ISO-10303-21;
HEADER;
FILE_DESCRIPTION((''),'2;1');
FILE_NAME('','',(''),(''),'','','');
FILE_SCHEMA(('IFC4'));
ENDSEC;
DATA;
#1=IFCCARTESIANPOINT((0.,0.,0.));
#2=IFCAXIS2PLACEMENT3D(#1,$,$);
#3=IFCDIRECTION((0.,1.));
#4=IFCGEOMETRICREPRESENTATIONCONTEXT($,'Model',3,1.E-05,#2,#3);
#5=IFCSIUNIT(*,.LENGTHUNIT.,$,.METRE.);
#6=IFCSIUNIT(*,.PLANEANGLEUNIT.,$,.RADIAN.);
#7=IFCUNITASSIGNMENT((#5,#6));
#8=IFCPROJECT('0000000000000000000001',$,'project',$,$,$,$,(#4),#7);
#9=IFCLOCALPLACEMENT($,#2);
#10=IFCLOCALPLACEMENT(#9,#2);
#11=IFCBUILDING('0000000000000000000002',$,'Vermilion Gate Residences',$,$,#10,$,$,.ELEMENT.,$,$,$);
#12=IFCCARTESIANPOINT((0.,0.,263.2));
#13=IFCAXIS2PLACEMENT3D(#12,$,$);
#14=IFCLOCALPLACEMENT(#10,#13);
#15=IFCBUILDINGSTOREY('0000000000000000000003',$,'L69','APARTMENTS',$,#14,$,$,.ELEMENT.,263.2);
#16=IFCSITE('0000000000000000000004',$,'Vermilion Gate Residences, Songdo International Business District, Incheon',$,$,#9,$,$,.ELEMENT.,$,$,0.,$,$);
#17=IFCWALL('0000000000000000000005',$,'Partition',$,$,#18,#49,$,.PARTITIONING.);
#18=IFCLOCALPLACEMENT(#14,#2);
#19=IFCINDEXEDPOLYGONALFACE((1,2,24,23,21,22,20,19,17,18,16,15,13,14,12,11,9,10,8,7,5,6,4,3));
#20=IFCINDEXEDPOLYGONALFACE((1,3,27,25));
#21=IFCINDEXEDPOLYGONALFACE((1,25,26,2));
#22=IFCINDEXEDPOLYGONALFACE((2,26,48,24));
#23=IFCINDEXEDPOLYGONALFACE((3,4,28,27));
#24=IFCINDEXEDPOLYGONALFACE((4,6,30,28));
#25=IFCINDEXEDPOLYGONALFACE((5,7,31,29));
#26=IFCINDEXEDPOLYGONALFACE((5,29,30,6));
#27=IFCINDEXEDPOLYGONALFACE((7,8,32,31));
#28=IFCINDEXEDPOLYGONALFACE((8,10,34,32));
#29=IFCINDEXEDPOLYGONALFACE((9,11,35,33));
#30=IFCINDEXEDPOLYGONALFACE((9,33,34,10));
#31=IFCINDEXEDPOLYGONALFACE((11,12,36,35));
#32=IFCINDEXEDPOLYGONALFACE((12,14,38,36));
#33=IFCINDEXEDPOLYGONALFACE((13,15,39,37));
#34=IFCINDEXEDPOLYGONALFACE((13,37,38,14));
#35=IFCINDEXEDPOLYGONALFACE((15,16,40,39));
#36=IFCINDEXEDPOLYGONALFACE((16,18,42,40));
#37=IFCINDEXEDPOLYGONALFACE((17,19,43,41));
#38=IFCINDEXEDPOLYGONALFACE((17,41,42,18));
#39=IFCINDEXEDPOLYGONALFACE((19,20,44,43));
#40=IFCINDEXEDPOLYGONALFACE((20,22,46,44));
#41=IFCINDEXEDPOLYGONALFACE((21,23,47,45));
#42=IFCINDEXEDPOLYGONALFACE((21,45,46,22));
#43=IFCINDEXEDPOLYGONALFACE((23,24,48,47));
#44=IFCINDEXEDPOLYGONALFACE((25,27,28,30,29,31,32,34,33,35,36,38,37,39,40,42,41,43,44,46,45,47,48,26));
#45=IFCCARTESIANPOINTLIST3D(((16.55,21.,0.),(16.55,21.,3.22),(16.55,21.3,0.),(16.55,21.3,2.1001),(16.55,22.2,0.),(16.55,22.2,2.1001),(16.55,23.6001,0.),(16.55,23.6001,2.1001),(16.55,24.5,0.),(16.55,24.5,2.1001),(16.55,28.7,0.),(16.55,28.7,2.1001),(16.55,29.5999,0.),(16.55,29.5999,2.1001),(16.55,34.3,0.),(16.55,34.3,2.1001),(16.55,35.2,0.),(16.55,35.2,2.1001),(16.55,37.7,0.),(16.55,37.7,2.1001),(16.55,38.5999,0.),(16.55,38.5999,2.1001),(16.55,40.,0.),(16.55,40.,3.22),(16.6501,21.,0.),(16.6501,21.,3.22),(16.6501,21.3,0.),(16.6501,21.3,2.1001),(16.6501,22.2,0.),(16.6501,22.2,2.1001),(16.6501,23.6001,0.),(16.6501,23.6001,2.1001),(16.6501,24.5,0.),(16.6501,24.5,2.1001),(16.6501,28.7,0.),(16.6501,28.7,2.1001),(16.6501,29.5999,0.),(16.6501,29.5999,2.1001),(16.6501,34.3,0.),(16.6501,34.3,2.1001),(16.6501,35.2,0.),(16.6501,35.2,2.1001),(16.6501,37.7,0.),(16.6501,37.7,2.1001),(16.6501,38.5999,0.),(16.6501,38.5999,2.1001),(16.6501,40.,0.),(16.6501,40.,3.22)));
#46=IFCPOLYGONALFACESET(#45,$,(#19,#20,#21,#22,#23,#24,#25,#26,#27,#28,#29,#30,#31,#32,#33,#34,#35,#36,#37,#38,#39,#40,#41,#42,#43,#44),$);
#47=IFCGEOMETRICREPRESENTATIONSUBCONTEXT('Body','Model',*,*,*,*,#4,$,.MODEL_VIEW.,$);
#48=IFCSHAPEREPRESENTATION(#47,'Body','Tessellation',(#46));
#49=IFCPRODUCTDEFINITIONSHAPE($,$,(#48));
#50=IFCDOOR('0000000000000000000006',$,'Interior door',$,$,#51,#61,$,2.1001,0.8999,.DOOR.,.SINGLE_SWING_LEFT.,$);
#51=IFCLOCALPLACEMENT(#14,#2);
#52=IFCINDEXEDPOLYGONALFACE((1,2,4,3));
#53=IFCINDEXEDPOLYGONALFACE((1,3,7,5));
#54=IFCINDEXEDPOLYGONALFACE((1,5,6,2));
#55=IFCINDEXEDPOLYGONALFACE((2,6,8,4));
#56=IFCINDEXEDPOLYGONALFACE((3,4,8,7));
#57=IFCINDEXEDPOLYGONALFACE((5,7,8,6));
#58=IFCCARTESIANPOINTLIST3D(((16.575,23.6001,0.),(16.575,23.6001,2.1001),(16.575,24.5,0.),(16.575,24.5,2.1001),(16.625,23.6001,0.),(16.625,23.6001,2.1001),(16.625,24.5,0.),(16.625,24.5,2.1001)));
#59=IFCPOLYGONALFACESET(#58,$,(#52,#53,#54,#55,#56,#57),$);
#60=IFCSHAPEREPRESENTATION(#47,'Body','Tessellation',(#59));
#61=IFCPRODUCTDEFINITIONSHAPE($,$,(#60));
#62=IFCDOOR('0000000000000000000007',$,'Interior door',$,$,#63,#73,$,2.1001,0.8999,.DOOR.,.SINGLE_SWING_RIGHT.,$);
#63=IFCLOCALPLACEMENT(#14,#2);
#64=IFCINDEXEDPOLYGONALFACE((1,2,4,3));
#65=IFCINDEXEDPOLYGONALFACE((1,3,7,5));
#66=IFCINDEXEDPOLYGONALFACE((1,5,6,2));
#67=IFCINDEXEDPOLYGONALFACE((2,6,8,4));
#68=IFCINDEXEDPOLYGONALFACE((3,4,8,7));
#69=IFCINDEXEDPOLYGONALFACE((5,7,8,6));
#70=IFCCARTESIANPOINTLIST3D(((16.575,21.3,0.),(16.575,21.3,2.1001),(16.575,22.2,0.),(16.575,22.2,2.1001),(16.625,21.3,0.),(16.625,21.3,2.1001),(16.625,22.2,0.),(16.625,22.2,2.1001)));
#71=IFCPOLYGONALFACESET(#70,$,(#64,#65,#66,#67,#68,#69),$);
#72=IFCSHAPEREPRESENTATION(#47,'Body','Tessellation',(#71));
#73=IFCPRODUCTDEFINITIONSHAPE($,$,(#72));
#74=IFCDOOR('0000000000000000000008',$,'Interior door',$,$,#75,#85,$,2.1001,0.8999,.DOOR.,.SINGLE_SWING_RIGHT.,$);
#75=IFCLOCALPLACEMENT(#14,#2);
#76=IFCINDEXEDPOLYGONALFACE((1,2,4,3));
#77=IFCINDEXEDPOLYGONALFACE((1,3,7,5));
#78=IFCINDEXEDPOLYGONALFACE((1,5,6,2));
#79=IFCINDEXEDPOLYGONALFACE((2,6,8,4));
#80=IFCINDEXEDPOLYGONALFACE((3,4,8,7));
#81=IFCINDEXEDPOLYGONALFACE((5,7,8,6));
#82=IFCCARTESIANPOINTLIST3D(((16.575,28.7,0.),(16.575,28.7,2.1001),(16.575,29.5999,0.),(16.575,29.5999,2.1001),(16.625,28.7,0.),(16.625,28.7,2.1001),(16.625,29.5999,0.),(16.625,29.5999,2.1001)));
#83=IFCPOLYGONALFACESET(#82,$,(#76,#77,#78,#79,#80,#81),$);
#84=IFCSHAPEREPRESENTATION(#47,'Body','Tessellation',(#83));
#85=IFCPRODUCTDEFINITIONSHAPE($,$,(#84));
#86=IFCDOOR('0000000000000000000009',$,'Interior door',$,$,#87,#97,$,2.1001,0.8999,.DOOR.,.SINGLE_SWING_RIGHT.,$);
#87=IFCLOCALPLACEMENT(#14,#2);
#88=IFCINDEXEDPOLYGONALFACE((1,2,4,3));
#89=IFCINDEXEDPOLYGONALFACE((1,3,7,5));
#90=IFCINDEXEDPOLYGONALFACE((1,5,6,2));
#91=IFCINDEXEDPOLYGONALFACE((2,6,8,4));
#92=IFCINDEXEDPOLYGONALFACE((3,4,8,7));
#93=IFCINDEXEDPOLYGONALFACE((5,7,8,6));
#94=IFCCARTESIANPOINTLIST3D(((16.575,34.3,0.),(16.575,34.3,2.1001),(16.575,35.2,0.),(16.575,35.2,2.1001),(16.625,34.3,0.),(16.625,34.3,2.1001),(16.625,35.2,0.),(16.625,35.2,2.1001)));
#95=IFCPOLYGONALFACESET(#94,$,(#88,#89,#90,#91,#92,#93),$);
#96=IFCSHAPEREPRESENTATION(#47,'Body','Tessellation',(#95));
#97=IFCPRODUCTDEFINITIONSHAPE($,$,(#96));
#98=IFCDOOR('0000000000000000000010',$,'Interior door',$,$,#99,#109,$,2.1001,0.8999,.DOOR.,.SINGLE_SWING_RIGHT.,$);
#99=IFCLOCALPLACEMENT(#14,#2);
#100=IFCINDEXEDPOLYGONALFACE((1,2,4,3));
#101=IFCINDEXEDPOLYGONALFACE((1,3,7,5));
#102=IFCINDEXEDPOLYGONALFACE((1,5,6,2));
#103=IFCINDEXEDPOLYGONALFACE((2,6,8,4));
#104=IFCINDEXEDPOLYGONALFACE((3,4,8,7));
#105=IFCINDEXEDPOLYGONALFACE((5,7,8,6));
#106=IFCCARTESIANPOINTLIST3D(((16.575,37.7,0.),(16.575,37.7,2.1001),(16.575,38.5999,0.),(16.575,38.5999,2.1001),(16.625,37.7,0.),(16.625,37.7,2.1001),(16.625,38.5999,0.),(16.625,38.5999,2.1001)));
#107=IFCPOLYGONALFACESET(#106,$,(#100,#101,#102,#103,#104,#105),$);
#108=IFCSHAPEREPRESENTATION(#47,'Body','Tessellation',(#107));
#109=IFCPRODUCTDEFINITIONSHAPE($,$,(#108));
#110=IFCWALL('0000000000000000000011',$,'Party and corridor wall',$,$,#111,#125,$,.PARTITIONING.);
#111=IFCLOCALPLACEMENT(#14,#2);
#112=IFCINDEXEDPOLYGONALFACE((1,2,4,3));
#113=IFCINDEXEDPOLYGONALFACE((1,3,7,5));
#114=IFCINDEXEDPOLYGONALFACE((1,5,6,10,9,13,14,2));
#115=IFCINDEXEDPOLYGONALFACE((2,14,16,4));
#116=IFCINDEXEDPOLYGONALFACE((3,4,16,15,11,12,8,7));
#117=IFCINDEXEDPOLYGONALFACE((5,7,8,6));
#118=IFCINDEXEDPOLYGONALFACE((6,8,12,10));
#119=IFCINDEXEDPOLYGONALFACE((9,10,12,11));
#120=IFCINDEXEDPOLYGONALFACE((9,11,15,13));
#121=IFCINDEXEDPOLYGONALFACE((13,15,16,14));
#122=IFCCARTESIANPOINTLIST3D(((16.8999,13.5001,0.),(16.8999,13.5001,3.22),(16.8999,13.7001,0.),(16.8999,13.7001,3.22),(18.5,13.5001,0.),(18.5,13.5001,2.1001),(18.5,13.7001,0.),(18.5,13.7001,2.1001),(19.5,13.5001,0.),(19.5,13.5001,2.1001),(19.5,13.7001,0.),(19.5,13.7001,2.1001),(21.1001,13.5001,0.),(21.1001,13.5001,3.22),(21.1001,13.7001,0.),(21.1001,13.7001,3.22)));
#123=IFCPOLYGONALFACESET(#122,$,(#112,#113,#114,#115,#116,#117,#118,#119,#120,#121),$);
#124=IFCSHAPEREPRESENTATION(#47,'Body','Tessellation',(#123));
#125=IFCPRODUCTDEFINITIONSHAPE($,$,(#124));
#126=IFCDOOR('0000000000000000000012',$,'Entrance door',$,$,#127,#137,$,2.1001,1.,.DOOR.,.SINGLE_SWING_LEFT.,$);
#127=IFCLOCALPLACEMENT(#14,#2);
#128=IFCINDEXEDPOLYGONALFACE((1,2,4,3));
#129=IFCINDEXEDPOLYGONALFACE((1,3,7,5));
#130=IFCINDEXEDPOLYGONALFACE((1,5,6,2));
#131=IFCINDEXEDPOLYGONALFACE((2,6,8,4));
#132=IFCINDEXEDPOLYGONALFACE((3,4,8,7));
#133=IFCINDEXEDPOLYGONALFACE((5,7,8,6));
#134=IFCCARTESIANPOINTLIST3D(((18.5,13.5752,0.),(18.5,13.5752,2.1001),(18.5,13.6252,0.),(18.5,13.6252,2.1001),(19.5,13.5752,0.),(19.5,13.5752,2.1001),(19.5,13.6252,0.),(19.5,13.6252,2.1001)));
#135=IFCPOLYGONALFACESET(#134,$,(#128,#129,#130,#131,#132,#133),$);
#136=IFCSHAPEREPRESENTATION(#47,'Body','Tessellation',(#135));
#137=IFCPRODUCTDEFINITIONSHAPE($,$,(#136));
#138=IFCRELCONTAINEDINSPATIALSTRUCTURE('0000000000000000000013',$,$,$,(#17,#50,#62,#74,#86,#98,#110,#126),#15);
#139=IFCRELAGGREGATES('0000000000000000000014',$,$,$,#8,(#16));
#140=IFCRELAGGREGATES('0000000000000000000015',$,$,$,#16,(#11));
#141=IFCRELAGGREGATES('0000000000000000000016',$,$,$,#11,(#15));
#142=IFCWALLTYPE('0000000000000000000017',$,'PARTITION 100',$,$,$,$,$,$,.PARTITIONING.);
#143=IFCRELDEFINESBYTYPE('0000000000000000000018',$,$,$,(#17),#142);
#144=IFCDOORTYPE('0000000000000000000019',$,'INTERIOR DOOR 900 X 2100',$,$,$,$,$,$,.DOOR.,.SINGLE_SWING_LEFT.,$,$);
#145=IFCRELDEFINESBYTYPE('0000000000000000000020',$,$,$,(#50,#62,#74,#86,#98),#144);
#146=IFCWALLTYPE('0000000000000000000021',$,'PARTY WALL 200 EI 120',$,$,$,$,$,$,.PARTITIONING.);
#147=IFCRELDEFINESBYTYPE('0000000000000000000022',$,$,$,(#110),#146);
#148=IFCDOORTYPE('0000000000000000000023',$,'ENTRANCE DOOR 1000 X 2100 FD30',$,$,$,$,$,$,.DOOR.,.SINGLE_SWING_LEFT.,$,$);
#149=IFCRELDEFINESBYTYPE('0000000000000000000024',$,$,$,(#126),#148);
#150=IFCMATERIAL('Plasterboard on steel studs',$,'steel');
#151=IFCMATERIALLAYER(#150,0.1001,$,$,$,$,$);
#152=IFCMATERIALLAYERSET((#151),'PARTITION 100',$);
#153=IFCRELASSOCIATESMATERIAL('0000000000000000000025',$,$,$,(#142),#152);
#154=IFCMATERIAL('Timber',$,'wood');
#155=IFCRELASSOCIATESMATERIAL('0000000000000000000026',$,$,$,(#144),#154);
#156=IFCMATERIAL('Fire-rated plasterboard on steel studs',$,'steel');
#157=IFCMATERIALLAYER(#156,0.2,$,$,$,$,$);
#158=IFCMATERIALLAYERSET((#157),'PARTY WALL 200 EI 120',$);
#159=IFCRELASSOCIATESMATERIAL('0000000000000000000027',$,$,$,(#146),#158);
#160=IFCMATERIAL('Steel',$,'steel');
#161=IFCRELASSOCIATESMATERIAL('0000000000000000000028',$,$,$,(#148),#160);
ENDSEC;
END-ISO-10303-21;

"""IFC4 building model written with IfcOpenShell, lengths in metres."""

from ifc_helpers import new_model, si_unit, direction, frame, frame_2d, origin, place, context, subcontext, project, spatial, rectangle, extrude, material, layer, layer_set, type_object, element, fill, save


model = new_model("IFC4")

# Units and contexts
model_context = context("Model", 3, precision=1e-05, world=origin(), true_north=direction((0.0, 1.0)))
body_context = subcontext(model_context, "Body", "Model", "MODEL_VIEW")
ifc_project = project(units=[si_unit("LENGTHUNIT", "METRE"), si_unit("PLANEANGLEUNIT", "RADIAN")], contexts=[model_context])

# Site, building, storey
site_placement = place(None, origin())
site = spatial("IfcSite", under=ifc_project, at=site_placement, Name="Vermilion Gate Residences, Songdo International Business District, Incheon", CompositionType="ELEMENT", RefElevation=0.0)
building_placement = place(site_placement, origin())
building = spatial("IfcBuilding", under=site, at=building_placement, Name="Vermilion Gate Residences", CompositionType="ELEMENT")
storey_placement = place(building_placement, frame((0.0, 0.0, 263.2)))
storey = spatial("IfcBuildingStorey", under=building, at=storey_placement, Name="L69", Description="APARTMENTS", CompositionType="ELEMENT", Elevation=263.2)

# Wall, openings, doors
ifc_material_1 = material(Name="Plasterboard on steel studs", Category="steel")
ifc_layer_1 = layer(ifc_material_1, 0.1001)
ifc_layer_set_1 = layer_set([ifc_layer_1], Name="PARTITION 100")
wall_type_1 = type_object("IfcWallType", Name="PARTITION 100", PredefinedType="PARTITIONING", material=ifc_layer_set_1)
ifc_material_2 = material(Name="Timber", Category="wood")
door_type_1 = type_object("IfcDoorType", Name="INTERIOR DOOR 900 X 2100", OperationType="SINGLE_SWING_LEFT", PredefinedType="DOOR", material=ifc_material_2)
wall_1_placement = place(storey_placement, frame((16.6001, 21.0, 0.0), z_axis=(0.0, 0.0, 1.0), x_axis=(0.0, 1.0, 0.0)))
wall_1 = element("IfcWall", 1, at=wall_1_placement, inside=storey, type_object=wall_type_1, Name="Partition", PredefinedType="PARTITIONING", context=body_context, shape_type="SweptSolid", body=[
    extrude(rectangle(XDim=19.0, YDim=0.1001, at=frame_2d((9.5, 0.0))), origin(), (0.0, 0.0, 1.0), 3.22),
])
opening_1_placement = place(wall_1_placement, frame((2.6001, 0.0, 0.0)))
opening_1 = element("IfcOpeningElement", 2, at=opening_1_placement, cuts=wall_1, PredefinedType="OPENING", context=body_context, shape_type="SweptSolid", body=[
    extrude(rectangle(XDim=0.8999, YDim=2.1001, at=frame_2d((0.45, 1.05))), frame((0.0, 0.0601, 0.0), z_axis=(0.0, -1.0, 0.0), x_axis=(1.0, 0.0, 0.0)), (0.0, 0.0, 1.0), 0.1201),
])
opening_2_placement = place(wall_1_placement, frame((0.3, 0.0, 0.0)))
opening_2 = element("IfcOpeningElement", 3, at=opening_2_placement, cuts=wall_1, PredefinedType="OPENING", context=body_context, shape_type="SweptSolid", body=[
    extrude(rectangle(XDim=0.8999, YDim=2.1001, at=frame_2d((0.45, 1.05))), frame((0.0, 0.0601, 0.0), z_axis=(0.0, -1.0, 0.0), x_axis=(1.0, 0.0, 0.0)), (0.0, 0.0, 1.0), 0.1201),
])
opening_3_placement = place(wall_1_placement, frame((7.7, 0.0, 0.0)))
opening_3 = element("IfcOpeningElement", 4, at=opening_3_placement, cuts=wall_1, PredefinedType="OPENING", context=body_context, shape_type="SweptSolid", body=[
    extrude(rectangle(XDim=0.8999, YDim=2.1001, at=frame_2d((0.45, 1.05))), frame((0.0, 0.0601, 0.0), z_axis=(0.0, -1.0, 0.0), x_axis=(1.0, 0.0, 0.0)), (0.0, 0.0, 1.0), 0.1201),
])
opening_4_placement = place(wall_1_placement, frame((13.3, 0.0, 0.0)))
opening_4 = element("IfcOpeningElement", 5, at=opening_4_placement, cuts=wall_1, PredefinedType="OPENING", context=body_context, shape_type="SweptSolid", body=[
    extrude(rectangle(XDim=0.8999, YDim=2.1001, at=frame_2d((0.45, 1.05))), frame((0.0, 0.0601, 0.0), z_axis=(0.0, -1.0, 0.0), x_axis=(1.0, 0.0, 0.0)), (0.0, 0.0, 1.0), 0.1201),
])
opening_5_placement = place(wall_1_placement, frame((16.7, 0.0, 0.0)))
opening_5 = element("IfcOpeningElement", 6, at=opening_5_placement, cuts=wall_1, PredefinedType="OPENING", context=body_context, shape_type="SweptSolid", body=[
    extrude(rectangle(XDim=0.8999, YDim=2.1001, at=frame_2d((0.45, 1.05))), frame((0.0, 0.0601, 0.0), z_axis=(0.0, -1.0, 0.0), x_axis=(1.0, 0.0, 0.0)), (0.0, 0.0, 1.0), 0.1201),
])
door_1_placement = place(opening_1_placement, frame((0.8999, 0.0, 0.0), z_axis=(0.0, 0.0, 1.0), x_axis=(-1.0, 0.0, 0.0)))
door_1 = element("IfcDoor", 7, at=door_1_placement, inside=storey, type_object=door_type_1, Name="Interior door", OperationType="SINGLE_SWING_LEFT", OverallHeight=2.1001, OverallWidth=0.8999, PredefinedType="DOOR", context=body_context, shape_type="SweptSolid", body=[
    extrude(rectangle(XDim=0.8999, YDim=2.1001, at=frame_2d((0.45, 1.05))), frame((0.0, 0.0249, 0.0), z_axis=(0.0, -1.0, 0.0), x_axis=(1.0, 0.0, 0.0)), (0.0, 0.0, 1.0), 0.05),
])
fill(opening_1, door_1)
door_2_placement = place(opening_2_placement, frame((0.8999, 0.0, 0.0), z_axis=(0.0, 0.0, 1.0), x_axis=(-1.0, 0.0, 0.0)))
door_2 = element("IfcDoor", 8, at=door_2_placement, inside=storey, type_object=door_type_1, Name="Interior door", OperationType="SINGLE_SWING_RIGHT", OverallHeight=2.1001, OverallWidth=0.8999, PredefinedType="DOOR", context=body_context, shape_type="SweptSolid", body=[
    extrude(rectangle(XDim=0.8999, YDim=2.1001, at=frame_2d((0.45, 1.05))), frame((0.0, 0.0249, 0.0), z_axis=(0.0, -1.0, 0.0), x_axis=(1.0, 0.0, 0.0)), (0.0, 0.0, 1.0), 0.05),
])
fill(opening_2, door_2)
door_3_placement = place(opening_3_placement, frame((0.8999, 0.0, 0.0), z_axis=(0.0, 0.0, 1.0), x_axis=(-1.0, 0.0, 0.0)))
door_3 = element("IfcDoor", 9, at=door_3_placement, inside=storey, type_object=door_type_1, Name="Interior door", OperationType="SINGLE_SWING_RIGHT", OverallHeight=2.1001, OverallWidth=0.8999, PredefinedType="DOOR", context=body_context, shape_type="SweptSolid", body=[
    extrude(rectangle(XDim=0.8999, YDim=2.1001, at=frame_2d((0.45, 1.05))), frame((0.0, 0.0249, 0.0), z_axis=(0.0, -1.0, 0.0), x_axis=(1.0, 0.0, 0.0)), (0.0, 0.0, 1.0), 0.05),
])
fill(opening_3, door_3)
door_4_placement = place(opening_4_placement, frame((0.8999, 0.0, 0.0), z_axis=(0.0, 0.0, 1.0), x_axis=(-1.0, 0.0, 0.0)))
door_4 = element("IfcDoor", 10, at=door_4_placement, inside=storey, type_object=door_type_1, Name="Interior door", OperationType="SINGLE_SWING_RIGHT", OverallHeight=2.1001, OverallWidth=0.8999, PredefinedType="DOOR", context=body_context, shape_type="SweptSolid", body=[
    extrude(rectangle(XDim=0.8999, YDim=2.1001, at=frame_2d((0.45, 1.05))), frame((0.0, 0.0249, 0.0), z_axis=(0.0, -1.0, 0.0), x_axis=(1.0, 0.0, 0.0)), (0.0, 0.0, 1.0), 0.05),
])
fill(opening_4, door_4)
door_5_placement = place(opening_5_placement, frame((0.8999, 0.0, 0.0), z_axis=(0.0, 0.0, 1.0), x_axis=(-1.0, 0.0, 0.0)))
door_5 = element("IfcDoor", 11, at=door_5_placement, inside=storey, type_object=door_type_1, Name="Interior door", OperationType="SINGLE_SWING_RIGHT", OverallHeight=2.1001, OverallWidth=0.8999, PredefinedType="DOOR", context=body_context, shape_type="SweptSolid", body=[
    extrude(rectangle(XDim=0.8999, YDim=2.1001, at=frame_2d((0.45, 1.05))), frame((0.0, 0.0249, 0.0), z_axis=(0.0, -1.0, 0.0), x_axis=(1.0, 0.0, 0.0)), (0.0, 0.0, 1.0), 0.05),
])
fill(opening_5, door_5)

# Wall, opening, door
ifc_material_3 = material(Name="Fire-rated plasterboard on steel studs", Category="steel")
ifc_layer_2 = layer(ifc_material_3, 0.2)
ifc_layer_set_2 = layer_set([ifc_layer_2], Name="PARTY WALL 200 EI 120")
wall_type_2 = type_object("IfcWallType", Name="PARTY WALL 200 EI 120", PredefinedType="PARTITIONING", material=ifc_layer_set_2)
wall_2_placement = place(storey_placement, frame((16.8999, 13.6001, 0.0), z_axis=(0.0, 0.0, 1.0), x_axis=(1.0, 0.0, 0.0)))
wall_2 = element("IfcWall", 12, at=wall_2_placement, inside=storey, type_object=wall_type_2, Name="Party and corridor wall", PredefinedType="PARTITIONING", context=body_context, shape_type="SweptSolid", body=[
    extrude(rectangle(XDim=4.2002, YDim=0.2, at=frame_2d((2.1001, 0.0))), origin(), (0.0, 0.0, 1.0), 3.22),
])
opening_6_placement = place(wall_2_placement, frame((1.6001, 0.0, 0.0)))
opening_6 = element("IfcOpeningElement", 13, at=opening_6_placement, cuts=wall_2, PredefinedType="OPENING", context=body_context, shape_type="SweptSolid", body=[
    extrude(rectangle(XDim=1.0, YDim=2.1001, at=frame_2d((0.5, 1.05))), frame((0.0, 0.1099, 0.0), z_axis=(0.0, -1.0, 0.0), x_axis=(1.0, 0.0, 0.0)), (0.0, 0.0, 1.0), 0.22),
])
ifc_material_4 = material(Name="Steel", Category="steel")
door_type_2 = type_object("IfcDoorType", Name="ENTRANCE DOOR 1000 X 2100 FD30", OperationType="SINGLE_SWING_LEFT", PredefinedType="DOOR", material=ifc_material_4)
door_6_placement = place(opening_6_placement, frame((1.0, 0.0, 0.0), z_axis=(0.0, 0.0, 1.0), x_axis=(-1.0, 0.0, 0.0)))
door_6 = element("IfcDoor", 14, at=door_6_placement, inside=storey, type_object=door_type_2, Name="Entrance door", OperationType="SINGLE_SWING_LEFT", OverallHeight=2.1001, OverallWidth=1.0, PredefinedType="DOOR", context=body_context, shape_type="SweptSolid", body=[
    extrude(rectangle(XDim=1.0, YDim=2.1001, at=frame_2d((0.5, 1.05))), frame((0.0, 0.0249, 0.0), z_axis=(0.0, -1.0, 0.0), x_axis=(1.0, 0.0, 0.0)), (0.0, 0.0, 1.0), 0.05),
])
fill(opening_6, door_6)

save(model, "model.ifc")
